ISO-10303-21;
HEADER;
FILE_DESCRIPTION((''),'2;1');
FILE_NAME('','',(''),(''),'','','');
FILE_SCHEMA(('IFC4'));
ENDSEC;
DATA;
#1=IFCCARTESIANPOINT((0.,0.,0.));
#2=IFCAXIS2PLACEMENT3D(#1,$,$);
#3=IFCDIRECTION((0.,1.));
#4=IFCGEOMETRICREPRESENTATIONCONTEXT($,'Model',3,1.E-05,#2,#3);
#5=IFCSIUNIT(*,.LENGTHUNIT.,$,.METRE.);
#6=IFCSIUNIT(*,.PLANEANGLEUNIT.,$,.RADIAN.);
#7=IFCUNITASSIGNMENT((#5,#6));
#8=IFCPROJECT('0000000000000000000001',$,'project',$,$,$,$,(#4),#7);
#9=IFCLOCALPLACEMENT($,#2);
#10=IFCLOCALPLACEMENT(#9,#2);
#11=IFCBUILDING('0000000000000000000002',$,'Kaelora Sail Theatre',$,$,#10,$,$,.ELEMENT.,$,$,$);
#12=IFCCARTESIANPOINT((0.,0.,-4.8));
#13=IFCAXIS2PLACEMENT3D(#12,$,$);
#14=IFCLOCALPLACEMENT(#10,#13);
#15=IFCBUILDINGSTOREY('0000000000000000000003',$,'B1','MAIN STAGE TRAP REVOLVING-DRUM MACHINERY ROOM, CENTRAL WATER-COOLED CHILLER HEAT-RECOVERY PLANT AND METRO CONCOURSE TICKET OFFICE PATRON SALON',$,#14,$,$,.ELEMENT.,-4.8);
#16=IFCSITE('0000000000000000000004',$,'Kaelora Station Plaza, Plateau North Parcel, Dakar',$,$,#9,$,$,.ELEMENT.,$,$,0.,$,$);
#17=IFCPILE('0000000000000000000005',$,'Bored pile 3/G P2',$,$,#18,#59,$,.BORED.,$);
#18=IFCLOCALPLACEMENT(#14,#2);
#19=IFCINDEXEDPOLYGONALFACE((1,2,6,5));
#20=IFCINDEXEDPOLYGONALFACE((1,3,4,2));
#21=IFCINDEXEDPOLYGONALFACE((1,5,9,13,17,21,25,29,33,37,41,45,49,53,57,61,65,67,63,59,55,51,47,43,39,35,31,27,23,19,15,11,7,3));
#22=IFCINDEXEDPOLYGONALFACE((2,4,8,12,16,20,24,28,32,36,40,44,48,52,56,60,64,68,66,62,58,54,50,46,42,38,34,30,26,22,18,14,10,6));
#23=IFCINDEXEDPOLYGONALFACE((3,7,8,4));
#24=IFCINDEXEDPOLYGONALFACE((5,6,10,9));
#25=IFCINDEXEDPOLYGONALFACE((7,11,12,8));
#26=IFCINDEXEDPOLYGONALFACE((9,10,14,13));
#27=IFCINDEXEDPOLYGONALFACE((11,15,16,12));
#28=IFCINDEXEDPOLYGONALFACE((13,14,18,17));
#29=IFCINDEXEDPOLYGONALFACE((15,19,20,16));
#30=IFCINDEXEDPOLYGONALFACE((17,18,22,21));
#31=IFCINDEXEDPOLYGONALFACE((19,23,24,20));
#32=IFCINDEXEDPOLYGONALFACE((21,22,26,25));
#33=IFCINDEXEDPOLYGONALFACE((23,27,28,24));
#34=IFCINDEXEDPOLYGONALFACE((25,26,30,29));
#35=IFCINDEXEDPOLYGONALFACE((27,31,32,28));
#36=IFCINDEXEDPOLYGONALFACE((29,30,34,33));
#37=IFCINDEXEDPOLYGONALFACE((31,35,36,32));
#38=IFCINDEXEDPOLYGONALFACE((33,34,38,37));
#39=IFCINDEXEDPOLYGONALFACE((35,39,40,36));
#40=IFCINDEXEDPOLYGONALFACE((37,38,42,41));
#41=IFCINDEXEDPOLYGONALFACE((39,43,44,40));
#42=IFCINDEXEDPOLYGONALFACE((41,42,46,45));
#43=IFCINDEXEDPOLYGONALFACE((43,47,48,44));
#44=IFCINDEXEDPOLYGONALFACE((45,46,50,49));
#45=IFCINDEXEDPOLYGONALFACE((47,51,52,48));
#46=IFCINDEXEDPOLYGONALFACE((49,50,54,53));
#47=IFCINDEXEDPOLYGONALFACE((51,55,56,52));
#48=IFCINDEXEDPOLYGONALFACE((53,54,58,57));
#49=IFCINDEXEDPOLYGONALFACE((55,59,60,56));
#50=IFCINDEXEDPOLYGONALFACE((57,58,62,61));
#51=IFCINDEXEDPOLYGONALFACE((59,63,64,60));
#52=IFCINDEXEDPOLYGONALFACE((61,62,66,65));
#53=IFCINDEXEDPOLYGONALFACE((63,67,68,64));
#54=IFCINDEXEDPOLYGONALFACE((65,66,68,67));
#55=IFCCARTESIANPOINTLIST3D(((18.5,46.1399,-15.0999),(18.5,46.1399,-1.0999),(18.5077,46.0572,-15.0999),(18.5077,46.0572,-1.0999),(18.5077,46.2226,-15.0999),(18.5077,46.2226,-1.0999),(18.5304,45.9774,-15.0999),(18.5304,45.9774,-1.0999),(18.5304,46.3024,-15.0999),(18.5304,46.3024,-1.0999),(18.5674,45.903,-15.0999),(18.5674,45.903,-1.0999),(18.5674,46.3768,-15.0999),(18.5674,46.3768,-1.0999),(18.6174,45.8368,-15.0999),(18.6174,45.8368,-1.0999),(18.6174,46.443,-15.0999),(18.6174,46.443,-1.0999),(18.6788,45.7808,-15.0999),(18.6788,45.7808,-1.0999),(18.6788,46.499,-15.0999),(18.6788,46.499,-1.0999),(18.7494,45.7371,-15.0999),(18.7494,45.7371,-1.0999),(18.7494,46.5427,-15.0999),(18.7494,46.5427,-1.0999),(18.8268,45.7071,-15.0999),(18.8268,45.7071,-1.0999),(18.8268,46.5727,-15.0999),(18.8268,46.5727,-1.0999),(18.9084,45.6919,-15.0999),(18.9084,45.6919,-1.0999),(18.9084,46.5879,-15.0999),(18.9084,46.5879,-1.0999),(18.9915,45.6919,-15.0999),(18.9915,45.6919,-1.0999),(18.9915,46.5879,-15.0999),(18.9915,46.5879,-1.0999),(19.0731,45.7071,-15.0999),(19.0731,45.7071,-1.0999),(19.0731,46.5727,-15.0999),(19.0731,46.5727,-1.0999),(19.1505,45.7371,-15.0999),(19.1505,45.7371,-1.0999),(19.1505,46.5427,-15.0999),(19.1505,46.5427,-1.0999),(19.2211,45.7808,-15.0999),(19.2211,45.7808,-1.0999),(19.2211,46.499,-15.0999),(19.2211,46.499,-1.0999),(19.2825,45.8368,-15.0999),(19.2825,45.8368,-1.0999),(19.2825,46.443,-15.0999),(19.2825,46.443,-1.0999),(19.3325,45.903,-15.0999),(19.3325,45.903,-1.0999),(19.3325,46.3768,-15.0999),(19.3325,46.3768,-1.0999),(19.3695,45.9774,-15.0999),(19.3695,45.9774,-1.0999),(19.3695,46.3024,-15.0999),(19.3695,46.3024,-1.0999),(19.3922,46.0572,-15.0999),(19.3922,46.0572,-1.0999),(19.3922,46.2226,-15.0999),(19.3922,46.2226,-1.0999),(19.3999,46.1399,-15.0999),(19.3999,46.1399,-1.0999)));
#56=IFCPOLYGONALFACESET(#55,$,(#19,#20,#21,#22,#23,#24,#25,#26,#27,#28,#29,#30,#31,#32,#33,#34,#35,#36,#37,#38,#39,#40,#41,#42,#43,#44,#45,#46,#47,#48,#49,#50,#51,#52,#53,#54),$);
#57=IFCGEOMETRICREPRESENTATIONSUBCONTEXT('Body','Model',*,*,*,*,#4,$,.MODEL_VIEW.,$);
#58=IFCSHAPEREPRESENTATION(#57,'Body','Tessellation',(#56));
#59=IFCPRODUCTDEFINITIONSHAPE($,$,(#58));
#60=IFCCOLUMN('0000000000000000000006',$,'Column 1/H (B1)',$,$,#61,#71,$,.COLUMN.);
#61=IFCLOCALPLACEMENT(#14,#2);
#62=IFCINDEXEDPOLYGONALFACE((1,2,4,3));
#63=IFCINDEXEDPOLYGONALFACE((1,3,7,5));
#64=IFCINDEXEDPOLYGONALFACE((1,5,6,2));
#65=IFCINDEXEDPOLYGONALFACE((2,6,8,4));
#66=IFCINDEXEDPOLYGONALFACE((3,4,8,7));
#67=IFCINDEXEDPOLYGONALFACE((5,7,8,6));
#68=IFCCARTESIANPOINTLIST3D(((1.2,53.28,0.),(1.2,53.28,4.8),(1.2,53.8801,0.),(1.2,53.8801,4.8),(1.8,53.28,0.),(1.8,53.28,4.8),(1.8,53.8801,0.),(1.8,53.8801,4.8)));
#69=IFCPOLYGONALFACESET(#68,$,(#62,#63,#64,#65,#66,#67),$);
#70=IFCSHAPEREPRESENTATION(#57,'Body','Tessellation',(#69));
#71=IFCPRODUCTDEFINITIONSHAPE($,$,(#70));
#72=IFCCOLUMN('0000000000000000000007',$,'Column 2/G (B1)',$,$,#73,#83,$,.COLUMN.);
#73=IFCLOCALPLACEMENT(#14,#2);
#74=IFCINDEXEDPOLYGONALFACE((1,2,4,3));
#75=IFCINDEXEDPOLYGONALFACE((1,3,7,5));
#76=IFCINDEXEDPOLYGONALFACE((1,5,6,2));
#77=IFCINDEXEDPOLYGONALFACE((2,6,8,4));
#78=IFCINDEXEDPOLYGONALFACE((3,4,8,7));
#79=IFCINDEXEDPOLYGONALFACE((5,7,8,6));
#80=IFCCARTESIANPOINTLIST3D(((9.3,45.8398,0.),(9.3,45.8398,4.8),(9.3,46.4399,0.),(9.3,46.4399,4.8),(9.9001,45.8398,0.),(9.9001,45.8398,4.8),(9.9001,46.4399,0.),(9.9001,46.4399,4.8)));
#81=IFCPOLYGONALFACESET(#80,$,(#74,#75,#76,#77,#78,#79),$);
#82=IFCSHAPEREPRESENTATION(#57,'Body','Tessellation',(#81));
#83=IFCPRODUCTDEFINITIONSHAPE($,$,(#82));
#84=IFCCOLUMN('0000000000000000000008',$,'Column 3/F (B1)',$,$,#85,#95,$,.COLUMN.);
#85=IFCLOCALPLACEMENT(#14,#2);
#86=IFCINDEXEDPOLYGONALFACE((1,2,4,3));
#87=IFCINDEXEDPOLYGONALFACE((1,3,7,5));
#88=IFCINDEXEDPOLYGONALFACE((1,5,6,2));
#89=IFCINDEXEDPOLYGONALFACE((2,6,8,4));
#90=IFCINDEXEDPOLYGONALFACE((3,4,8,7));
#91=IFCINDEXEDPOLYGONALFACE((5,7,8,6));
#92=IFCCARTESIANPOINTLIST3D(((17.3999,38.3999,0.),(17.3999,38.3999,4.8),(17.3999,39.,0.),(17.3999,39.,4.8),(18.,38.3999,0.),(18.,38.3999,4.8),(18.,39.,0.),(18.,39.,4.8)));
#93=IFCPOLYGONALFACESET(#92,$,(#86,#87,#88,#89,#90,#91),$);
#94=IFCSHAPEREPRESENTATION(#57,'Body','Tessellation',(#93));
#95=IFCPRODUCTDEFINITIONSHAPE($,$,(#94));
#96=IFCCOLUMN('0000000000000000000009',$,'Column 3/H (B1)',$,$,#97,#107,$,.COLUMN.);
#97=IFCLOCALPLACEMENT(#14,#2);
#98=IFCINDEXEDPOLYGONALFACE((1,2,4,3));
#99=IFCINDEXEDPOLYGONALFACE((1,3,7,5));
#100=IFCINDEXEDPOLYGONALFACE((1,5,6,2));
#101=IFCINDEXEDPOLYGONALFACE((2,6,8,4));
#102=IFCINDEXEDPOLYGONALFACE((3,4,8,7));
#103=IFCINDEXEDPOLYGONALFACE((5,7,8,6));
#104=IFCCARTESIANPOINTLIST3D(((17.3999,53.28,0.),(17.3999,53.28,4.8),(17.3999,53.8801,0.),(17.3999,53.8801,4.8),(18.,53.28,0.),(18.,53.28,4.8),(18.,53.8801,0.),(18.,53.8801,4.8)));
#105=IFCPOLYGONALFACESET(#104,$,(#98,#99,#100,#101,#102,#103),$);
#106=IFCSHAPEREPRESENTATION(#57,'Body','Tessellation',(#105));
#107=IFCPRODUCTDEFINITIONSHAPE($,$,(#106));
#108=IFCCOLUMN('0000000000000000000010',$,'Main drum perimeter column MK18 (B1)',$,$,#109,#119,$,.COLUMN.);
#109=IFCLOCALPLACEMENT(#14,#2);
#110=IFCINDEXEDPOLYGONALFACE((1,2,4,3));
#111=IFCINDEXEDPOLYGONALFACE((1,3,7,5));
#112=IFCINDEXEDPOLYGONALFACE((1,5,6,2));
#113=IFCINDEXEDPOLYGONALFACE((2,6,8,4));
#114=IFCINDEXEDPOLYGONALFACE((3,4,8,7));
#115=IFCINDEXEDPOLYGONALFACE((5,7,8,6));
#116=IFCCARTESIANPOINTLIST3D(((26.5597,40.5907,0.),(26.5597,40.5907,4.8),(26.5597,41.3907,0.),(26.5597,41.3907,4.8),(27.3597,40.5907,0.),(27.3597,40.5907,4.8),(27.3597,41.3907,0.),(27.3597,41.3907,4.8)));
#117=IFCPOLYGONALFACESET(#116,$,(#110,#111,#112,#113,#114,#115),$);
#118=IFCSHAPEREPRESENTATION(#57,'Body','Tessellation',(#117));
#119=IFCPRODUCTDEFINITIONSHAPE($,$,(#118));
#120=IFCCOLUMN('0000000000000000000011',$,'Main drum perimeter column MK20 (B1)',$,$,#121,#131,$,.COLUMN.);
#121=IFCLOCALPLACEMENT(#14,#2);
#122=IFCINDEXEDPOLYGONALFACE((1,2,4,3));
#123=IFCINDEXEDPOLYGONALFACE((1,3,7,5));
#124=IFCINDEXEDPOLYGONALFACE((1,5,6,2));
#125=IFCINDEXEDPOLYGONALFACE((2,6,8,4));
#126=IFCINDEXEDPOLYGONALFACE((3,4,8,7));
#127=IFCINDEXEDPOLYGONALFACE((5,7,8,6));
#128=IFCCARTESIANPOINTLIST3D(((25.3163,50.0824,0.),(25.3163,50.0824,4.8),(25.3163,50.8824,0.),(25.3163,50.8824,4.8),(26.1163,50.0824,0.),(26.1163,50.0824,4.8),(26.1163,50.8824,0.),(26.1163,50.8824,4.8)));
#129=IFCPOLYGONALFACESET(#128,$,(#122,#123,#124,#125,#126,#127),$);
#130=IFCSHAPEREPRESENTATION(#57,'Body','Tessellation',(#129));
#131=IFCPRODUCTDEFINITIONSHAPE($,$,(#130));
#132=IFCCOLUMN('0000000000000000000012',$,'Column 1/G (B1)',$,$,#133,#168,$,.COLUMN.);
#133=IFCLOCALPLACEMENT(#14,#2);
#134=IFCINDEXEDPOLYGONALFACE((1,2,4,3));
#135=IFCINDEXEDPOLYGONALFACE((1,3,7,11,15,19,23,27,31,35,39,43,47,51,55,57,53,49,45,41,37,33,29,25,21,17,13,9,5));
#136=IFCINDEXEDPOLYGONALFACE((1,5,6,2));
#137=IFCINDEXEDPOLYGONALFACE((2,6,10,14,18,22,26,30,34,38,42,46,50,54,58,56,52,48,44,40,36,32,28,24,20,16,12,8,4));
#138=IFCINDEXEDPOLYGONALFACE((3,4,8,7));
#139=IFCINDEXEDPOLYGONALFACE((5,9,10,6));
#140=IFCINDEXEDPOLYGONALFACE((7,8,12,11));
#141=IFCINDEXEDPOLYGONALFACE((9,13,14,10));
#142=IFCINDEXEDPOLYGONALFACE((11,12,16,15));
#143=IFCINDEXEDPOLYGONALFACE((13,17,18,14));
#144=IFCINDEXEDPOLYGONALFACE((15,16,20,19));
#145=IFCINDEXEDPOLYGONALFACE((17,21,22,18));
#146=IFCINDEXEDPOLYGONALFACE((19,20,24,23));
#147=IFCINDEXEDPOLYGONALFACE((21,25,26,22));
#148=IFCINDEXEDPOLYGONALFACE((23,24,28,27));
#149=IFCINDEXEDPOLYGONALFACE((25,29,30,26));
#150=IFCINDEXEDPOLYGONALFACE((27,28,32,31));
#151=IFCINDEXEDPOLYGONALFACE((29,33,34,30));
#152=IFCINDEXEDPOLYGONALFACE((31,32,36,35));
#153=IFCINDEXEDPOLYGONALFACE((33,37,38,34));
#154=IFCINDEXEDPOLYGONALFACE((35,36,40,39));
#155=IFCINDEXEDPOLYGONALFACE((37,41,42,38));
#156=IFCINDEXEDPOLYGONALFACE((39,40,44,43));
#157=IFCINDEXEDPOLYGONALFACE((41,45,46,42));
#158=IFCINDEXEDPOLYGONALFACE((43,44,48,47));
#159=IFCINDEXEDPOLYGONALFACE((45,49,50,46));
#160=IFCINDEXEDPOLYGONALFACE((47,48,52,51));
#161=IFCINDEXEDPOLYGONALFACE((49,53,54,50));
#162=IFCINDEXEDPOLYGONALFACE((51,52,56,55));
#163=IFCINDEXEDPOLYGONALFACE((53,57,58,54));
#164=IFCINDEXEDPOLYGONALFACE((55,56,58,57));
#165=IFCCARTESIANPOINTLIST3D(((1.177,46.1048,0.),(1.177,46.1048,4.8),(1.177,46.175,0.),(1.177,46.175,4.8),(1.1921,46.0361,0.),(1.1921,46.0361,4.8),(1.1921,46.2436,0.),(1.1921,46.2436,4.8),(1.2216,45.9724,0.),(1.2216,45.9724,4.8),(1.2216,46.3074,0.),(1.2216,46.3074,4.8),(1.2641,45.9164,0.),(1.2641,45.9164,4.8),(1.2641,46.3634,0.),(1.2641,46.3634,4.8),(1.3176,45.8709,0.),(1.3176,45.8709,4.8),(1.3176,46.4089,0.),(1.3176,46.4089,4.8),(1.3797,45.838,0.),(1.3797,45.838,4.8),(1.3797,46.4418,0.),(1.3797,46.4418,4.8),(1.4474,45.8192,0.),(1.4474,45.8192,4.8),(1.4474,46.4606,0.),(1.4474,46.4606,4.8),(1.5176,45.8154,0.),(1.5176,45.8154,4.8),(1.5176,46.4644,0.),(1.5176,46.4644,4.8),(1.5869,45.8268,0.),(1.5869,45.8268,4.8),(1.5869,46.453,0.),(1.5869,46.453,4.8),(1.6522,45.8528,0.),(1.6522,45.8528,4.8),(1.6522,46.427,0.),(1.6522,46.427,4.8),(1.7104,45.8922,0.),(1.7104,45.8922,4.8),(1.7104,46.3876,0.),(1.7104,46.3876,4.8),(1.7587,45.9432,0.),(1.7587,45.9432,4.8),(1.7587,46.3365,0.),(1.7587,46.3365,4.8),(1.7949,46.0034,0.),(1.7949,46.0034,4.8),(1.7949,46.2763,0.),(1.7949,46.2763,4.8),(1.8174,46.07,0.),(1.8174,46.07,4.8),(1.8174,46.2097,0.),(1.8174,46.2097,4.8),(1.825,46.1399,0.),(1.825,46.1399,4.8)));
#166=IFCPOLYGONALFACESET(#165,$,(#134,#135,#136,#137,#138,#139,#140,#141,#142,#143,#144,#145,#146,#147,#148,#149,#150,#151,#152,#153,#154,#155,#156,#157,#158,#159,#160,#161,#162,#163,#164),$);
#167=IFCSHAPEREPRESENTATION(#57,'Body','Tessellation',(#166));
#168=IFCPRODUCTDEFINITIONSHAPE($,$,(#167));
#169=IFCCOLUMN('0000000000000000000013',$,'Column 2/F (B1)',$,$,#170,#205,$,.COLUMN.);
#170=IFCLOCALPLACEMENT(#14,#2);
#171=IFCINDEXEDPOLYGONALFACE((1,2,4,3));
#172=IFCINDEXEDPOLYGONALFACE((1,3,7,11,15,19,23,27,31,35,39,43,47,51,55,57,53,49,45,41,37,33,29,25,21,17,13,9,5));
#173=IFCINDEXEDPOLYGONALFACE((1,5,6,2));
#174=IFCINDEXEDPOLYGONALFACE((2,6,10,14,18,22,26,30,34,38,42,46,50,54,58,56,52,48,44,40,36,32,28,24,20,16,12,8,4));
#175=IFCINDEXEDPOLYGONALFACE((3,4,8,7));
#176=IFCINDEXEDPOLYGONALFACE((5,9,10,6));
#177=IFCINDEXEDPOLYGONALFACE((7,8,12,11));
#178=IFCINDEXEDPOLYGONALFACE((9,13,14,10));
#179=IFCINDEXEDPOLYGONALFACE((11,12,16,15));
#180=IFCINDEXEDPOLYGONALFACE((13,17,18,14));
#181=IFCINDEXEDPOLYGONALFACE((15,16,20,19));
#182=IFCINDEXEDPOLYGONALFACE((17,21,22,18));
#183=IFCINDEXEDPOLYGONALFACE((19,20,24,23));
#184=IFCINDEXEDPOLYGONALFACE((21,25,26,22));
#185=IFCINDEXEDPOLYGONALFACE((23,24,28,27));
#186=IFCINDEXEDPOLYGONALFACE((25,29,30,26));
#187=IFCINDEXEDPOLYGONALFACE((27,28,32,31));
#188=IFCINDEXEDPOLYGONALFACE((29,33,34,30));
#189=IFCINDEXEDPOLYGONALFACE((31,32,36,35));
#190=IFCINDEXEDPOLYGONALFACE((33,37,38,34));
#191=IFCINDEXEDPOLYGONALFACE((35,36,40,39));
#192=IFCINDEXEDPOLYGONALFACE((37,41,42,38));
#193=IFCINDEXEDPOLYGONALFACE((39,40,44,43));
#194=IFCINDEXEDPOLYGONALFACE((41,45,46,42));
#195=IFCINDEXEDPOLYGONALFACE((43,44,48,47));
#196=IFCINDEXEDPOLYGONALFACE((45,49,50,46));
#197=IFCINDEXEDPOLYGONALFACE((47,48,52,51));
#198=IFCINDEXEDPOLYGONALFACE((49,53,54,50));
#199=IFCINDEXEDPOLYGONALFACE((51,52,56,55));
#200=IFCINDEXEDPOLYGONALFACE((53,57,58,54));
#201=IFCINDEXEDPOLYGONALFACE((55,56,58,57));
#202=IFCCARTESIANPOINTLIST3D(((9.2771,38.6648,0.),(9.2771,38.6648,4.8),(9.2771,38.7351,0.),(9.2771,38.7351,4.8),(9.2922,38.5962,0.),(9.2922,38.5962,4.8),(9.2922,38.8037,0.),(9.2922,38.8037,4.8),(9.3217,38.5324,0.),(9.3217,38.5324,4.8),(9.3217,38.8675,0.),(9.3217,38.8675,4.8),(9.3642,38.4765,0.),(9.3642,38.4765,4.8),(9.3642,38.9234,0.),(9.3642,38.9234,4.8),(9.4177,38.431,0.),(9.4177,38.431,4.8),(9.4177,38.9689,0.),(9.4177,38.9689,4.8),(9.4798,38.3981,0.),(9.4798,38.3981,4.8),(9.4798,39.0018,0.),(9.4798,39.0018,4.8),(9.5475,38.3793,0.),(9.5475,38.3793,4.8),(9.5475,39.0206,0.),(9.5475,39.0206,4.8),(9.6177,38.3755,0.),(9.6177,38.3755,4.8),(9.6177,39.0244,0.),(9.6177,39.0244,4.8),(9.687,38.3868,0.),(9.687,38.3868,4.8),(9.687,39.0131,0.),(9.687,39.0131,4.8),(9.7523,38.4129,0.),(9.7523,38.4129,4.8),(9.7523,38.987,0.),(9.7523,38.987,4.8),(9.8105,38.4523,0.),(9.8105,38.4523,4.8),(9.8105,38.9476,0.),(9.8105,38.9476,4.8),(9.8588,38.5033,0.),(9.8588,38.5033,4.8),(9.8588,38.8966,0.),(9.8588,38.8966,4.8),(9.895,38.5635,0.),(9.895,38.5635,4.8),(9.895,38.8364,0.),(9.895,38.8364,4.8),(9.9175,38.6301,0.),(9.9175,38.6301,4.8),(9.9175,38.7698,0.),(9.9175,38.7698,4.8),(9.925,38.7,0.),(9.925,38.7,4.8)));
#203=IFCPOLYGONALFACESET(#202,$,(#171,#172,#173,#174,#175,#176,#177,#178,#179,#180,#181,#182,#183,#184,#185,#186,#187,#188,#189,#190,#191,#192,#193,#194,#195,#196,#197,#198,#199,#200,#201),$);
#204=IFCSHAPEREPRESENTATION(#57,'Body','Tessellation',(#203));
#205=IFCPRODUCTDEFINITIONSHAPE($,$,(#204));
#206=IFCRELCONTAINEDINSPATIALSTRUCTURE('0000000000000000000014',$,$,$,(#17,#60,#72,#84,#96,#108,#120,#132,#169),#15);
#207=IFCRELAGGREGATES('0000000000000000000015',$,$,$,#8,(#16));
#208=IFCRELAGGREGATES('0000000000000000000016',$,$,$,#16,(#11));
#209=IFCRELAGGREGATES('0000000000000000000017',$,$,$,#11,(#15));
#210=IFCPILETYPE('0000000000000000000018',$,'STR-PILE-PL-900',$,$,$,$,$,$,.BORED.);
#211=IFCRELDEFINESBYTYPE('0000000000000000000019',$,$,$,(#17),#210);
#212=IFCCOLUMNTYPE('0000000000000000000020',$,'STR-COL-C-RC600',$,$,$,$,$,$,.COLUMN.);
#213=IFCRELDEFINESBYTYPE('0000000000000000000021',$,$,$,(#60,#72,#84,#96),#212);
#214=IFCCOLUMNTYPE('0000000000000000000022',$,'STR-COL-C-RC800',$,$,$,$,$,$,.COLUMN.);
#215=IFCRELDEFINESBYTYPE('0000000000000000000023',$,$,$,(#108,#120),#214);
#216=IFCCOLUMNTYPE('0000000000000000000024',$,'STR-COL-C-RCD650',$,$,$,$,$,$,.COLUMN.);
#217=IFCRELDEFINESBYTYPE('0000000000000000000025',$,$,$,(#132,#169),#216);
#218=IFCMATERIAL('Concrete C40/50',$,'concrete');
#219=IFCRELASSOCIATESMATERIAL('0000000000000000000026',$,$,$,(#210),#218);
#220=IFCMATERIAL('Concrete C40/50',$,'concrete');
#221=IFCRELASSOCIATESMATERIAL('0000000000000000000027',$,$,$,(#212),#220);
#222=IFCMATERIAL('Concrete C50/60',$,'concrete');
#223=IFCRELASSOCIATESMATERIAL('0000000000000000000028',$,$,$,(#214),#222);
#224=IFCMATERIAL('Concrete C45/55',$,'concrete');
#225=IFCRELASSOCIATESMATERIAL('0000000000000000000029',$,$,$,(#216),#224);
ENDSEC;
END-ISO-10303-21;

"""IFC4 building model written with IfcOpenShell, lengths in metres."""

from ifc_helpers import new_model, si_unit, direction, frame, origin, origin_2d, place, context, subcontext, project, spatial, rectangle, circle, extrude, material, material_profile, profile_set, type_object, element, save


model = new_model("IFC4")

# Units and contexts
model_context = context("Model", 3, precision=1e-05, world=origin(), true_north=direction((0.0, 1.0)))
body_context = subcontext(model_context, "Body", "Model", "MODEL_VIEW")
ifc_project = project(units=[si_unit("LENGTHUNIT", "METRE"), si_unit("PLANEANGLEUNIT", "RADIAN")], contexts=[model_context])

# Site, building, storey
site_placement = place(None, origin())
site = spatial("IfcSite", under=ifc_project, at=site_placement, Name="Kaelora Station Plaza, Plateau North Parcel, Dakar", CompositionType="ELEMENT", RefElevation=0.0)
building_placement = place(site_placement, origin())
building = spatial("IfcBuilding", under=site, at=building_placement, Name="Kaelora Sail Theatre", CompositionType="ELEMENT")
storey_placement = place(building_placement, frame((0.0, 0.0, -4.8)))
storey = spatial("IfcBuildingStorey", under=building, at=storey_placement, Name="B1", Description="MAIN STAGE TRAP REVOLVING-DRUM MACHINERY ROOM, CENTRAL WATER-COOLED CHILLER HEAT-RECOVERY PLANT AND METRO CONCOURSE TICKET OFFICE PATRON SALON", CompositionType="ELEMENT", Elevation=-4.8)

# Pile
ifc_material_1 = material(Name="Concrete C40/50", Category="concrete")
ifc_material_profile_1 = material_profile(ifc_material_1, circle(Radius=0.45, at=origin_2d()), Name="PILE D900")
ifc_profile_set_1 = profile_set([ifc_material_profile_1], Name="Concrete C40/50")
pile_type = type_object("IfcPileType", Name="STR-PILE-PL-900", PredefinedType="BORED", material=ifc_profile_set_1)
for number, where, z_axis, x_axis, name in (
    (1, (18.95, 46.1399, -1.0999), (0.0, 0.0, -1.0), (1.0, 0.0, 0.0), "Bored pile 3/G P2"),
):
    element("IfcPile", number, at=place(storey_placement, frame(where, z_axis=z_axis, x_axis=x_axis)), inside=storey, type_object=pile_type, Name=name, PredefinedType="BORED", context=body_context, shape_type="SweptSolid", body=[
        extrude(circle(Radius=0.45, at=origin_2d()), origin(), (0.0, 0.0, 1.0), 14.0),
    ])

# Columns
ifc_material_2 = material(Name="Concrete C40/50", Category="concrete")
ifc_material_profile_2 = material_profile(ifc_material_2, rectangle(XDim=0.6001, YDim=0.6001, at=origin_2d()), Name="RC-COL 600x600")
ifc_profile_set_2 = profile_set([ifc_material_profile_2], Name="Concrete C40/50")
column_type_1 = type_object("IfcColumnType", Name="STR-COL-C-RC600", PredefinedType="COLUMN", material=ifc_profile_set_2)
for number, where, z_axis, x_axis, name in (
    (2, (1.5, 53.5801, 0.0), (0.0, 0.0, 1.0), (1.0, 0.0, 0.0), "Column 1/H (B1)"),
    (3, (9.6001, 46.1399, 0.0), (0.0, 0.0, 1.0), (1.0, 0.0, 0.0), "Column 2/G (B1)"),
    (4, (17.7, 38.7, 0.0), (0.0, 0.0, 1.0), (1.0, 0.0, 0.0), "Column 3/F (B1)"),
    (5, (17.7, 53.5801, 0.0), (0.0, 0.0, 1.0), (1.0, 0.0, 0.0), "Column 3/H (B1)"),
):
    element("IfcColumn", number, at=place(storey_placement, frame(where, z_axis=z_axis, x_axis=x_axis)), inside=storey, type_object=column_type_1, Name=name, PredefinedType="COLUMN", context=body_context, shape_type="SweptSolid", body=[
        extrude(rectangle(XDim=0.6001, YDim=0.6001, at=origin_2d()), origin(), (0.0, 0.0, 1.0), 4.8),
    ])
ifc_material_3 = material(Name="Concrete C50/60", Category="concrete")
ifc_material_profile_3 = material_profile(ifc_material_3, rectangle(XDim=0.8, YDim=0.8, at=origin_2d()), Name="RC-COL 800x800")
ifc_profile_set_3 = profile_set([ifc_material_profile_3], Name="Concrete C50/60")
column_type_2 = type_object("IfcColumnType", Name="STR-COL-C-RC800", PredefinedType="COLUMN", material=ifc_profile_set_3)
for number, where, z_axis, x_axis, name in (
    (6, (26.9597, 40.9907, 0.0), (0.0, 0.0, 1.0), (1.0, 0.0, 0.0), "Main drum perimeter column MK18 (B1)"),
    (7, (25.7163, 50.4824, 0.0), (0.0, 0.0, 1.0), (1.0, 0.0, 0.0), "Main drum perimeter column MK20 (B1)"),
):
    element("IfcColumn", number, at=place(storey_placement, frame(where, z_axis=z_axis, x_axis=x_axis)), inside=storey, type_object=column_type_2, Name=name, PredefinedType="COLUMN", context=body_context, shape_type="SweptSolid", body=[
        extrude(rectangle(XDim=0.8, YDim=0.8, at=origin_2d()), origin(), (0.0, 0.0, 1.0), 4.8),
    ])
ifc_material_4 = material(Name="Concrete C45/55", Category="concrete")
ifc_material_profile_4 = material_profile(ifc_material_4, circle(Radius=0.325, at=origin_2d()), Name="RC-CCOL D650")
ifc_profile_set_4 = profile_set([ifc_material_profile_4], Name="Concrete C45/55")
column_type_3 = type_object("IfcColumnType", Name="STR-COL-C-RCD650", PredefinedType="COLUMN", material=ifc_profile_set_4)
for number, where, z_axis, x_axis, name in (
    (8, (1.5, 46.1399, 0.0), (0.0, 0.0, 1.0), (1.0, 0.0, 0.0), "Column 1/G (B1)"),
    (9, (9.6001, 38.7, 0.0), (0.0, 0.0, 1.0), (1.0, 0.0, 0.0), "Column 2/F (B1)"),
):
    element("IfcColumn", number, at=place(storey_placement, frame(where, z_axis=z_axis, x_axis=x_axis)), inside=storey, type_object=column_type_3, Name=name, PredefinedType="COLUMN", context=body_context, shape_type="SweptSolid", body=[
        extrude(circle(Radius=0.325, at=origin_2d()), origin(), (0.0, 0.0, 1.0), 4.8),
    ])

save(model, "model.ifc")
